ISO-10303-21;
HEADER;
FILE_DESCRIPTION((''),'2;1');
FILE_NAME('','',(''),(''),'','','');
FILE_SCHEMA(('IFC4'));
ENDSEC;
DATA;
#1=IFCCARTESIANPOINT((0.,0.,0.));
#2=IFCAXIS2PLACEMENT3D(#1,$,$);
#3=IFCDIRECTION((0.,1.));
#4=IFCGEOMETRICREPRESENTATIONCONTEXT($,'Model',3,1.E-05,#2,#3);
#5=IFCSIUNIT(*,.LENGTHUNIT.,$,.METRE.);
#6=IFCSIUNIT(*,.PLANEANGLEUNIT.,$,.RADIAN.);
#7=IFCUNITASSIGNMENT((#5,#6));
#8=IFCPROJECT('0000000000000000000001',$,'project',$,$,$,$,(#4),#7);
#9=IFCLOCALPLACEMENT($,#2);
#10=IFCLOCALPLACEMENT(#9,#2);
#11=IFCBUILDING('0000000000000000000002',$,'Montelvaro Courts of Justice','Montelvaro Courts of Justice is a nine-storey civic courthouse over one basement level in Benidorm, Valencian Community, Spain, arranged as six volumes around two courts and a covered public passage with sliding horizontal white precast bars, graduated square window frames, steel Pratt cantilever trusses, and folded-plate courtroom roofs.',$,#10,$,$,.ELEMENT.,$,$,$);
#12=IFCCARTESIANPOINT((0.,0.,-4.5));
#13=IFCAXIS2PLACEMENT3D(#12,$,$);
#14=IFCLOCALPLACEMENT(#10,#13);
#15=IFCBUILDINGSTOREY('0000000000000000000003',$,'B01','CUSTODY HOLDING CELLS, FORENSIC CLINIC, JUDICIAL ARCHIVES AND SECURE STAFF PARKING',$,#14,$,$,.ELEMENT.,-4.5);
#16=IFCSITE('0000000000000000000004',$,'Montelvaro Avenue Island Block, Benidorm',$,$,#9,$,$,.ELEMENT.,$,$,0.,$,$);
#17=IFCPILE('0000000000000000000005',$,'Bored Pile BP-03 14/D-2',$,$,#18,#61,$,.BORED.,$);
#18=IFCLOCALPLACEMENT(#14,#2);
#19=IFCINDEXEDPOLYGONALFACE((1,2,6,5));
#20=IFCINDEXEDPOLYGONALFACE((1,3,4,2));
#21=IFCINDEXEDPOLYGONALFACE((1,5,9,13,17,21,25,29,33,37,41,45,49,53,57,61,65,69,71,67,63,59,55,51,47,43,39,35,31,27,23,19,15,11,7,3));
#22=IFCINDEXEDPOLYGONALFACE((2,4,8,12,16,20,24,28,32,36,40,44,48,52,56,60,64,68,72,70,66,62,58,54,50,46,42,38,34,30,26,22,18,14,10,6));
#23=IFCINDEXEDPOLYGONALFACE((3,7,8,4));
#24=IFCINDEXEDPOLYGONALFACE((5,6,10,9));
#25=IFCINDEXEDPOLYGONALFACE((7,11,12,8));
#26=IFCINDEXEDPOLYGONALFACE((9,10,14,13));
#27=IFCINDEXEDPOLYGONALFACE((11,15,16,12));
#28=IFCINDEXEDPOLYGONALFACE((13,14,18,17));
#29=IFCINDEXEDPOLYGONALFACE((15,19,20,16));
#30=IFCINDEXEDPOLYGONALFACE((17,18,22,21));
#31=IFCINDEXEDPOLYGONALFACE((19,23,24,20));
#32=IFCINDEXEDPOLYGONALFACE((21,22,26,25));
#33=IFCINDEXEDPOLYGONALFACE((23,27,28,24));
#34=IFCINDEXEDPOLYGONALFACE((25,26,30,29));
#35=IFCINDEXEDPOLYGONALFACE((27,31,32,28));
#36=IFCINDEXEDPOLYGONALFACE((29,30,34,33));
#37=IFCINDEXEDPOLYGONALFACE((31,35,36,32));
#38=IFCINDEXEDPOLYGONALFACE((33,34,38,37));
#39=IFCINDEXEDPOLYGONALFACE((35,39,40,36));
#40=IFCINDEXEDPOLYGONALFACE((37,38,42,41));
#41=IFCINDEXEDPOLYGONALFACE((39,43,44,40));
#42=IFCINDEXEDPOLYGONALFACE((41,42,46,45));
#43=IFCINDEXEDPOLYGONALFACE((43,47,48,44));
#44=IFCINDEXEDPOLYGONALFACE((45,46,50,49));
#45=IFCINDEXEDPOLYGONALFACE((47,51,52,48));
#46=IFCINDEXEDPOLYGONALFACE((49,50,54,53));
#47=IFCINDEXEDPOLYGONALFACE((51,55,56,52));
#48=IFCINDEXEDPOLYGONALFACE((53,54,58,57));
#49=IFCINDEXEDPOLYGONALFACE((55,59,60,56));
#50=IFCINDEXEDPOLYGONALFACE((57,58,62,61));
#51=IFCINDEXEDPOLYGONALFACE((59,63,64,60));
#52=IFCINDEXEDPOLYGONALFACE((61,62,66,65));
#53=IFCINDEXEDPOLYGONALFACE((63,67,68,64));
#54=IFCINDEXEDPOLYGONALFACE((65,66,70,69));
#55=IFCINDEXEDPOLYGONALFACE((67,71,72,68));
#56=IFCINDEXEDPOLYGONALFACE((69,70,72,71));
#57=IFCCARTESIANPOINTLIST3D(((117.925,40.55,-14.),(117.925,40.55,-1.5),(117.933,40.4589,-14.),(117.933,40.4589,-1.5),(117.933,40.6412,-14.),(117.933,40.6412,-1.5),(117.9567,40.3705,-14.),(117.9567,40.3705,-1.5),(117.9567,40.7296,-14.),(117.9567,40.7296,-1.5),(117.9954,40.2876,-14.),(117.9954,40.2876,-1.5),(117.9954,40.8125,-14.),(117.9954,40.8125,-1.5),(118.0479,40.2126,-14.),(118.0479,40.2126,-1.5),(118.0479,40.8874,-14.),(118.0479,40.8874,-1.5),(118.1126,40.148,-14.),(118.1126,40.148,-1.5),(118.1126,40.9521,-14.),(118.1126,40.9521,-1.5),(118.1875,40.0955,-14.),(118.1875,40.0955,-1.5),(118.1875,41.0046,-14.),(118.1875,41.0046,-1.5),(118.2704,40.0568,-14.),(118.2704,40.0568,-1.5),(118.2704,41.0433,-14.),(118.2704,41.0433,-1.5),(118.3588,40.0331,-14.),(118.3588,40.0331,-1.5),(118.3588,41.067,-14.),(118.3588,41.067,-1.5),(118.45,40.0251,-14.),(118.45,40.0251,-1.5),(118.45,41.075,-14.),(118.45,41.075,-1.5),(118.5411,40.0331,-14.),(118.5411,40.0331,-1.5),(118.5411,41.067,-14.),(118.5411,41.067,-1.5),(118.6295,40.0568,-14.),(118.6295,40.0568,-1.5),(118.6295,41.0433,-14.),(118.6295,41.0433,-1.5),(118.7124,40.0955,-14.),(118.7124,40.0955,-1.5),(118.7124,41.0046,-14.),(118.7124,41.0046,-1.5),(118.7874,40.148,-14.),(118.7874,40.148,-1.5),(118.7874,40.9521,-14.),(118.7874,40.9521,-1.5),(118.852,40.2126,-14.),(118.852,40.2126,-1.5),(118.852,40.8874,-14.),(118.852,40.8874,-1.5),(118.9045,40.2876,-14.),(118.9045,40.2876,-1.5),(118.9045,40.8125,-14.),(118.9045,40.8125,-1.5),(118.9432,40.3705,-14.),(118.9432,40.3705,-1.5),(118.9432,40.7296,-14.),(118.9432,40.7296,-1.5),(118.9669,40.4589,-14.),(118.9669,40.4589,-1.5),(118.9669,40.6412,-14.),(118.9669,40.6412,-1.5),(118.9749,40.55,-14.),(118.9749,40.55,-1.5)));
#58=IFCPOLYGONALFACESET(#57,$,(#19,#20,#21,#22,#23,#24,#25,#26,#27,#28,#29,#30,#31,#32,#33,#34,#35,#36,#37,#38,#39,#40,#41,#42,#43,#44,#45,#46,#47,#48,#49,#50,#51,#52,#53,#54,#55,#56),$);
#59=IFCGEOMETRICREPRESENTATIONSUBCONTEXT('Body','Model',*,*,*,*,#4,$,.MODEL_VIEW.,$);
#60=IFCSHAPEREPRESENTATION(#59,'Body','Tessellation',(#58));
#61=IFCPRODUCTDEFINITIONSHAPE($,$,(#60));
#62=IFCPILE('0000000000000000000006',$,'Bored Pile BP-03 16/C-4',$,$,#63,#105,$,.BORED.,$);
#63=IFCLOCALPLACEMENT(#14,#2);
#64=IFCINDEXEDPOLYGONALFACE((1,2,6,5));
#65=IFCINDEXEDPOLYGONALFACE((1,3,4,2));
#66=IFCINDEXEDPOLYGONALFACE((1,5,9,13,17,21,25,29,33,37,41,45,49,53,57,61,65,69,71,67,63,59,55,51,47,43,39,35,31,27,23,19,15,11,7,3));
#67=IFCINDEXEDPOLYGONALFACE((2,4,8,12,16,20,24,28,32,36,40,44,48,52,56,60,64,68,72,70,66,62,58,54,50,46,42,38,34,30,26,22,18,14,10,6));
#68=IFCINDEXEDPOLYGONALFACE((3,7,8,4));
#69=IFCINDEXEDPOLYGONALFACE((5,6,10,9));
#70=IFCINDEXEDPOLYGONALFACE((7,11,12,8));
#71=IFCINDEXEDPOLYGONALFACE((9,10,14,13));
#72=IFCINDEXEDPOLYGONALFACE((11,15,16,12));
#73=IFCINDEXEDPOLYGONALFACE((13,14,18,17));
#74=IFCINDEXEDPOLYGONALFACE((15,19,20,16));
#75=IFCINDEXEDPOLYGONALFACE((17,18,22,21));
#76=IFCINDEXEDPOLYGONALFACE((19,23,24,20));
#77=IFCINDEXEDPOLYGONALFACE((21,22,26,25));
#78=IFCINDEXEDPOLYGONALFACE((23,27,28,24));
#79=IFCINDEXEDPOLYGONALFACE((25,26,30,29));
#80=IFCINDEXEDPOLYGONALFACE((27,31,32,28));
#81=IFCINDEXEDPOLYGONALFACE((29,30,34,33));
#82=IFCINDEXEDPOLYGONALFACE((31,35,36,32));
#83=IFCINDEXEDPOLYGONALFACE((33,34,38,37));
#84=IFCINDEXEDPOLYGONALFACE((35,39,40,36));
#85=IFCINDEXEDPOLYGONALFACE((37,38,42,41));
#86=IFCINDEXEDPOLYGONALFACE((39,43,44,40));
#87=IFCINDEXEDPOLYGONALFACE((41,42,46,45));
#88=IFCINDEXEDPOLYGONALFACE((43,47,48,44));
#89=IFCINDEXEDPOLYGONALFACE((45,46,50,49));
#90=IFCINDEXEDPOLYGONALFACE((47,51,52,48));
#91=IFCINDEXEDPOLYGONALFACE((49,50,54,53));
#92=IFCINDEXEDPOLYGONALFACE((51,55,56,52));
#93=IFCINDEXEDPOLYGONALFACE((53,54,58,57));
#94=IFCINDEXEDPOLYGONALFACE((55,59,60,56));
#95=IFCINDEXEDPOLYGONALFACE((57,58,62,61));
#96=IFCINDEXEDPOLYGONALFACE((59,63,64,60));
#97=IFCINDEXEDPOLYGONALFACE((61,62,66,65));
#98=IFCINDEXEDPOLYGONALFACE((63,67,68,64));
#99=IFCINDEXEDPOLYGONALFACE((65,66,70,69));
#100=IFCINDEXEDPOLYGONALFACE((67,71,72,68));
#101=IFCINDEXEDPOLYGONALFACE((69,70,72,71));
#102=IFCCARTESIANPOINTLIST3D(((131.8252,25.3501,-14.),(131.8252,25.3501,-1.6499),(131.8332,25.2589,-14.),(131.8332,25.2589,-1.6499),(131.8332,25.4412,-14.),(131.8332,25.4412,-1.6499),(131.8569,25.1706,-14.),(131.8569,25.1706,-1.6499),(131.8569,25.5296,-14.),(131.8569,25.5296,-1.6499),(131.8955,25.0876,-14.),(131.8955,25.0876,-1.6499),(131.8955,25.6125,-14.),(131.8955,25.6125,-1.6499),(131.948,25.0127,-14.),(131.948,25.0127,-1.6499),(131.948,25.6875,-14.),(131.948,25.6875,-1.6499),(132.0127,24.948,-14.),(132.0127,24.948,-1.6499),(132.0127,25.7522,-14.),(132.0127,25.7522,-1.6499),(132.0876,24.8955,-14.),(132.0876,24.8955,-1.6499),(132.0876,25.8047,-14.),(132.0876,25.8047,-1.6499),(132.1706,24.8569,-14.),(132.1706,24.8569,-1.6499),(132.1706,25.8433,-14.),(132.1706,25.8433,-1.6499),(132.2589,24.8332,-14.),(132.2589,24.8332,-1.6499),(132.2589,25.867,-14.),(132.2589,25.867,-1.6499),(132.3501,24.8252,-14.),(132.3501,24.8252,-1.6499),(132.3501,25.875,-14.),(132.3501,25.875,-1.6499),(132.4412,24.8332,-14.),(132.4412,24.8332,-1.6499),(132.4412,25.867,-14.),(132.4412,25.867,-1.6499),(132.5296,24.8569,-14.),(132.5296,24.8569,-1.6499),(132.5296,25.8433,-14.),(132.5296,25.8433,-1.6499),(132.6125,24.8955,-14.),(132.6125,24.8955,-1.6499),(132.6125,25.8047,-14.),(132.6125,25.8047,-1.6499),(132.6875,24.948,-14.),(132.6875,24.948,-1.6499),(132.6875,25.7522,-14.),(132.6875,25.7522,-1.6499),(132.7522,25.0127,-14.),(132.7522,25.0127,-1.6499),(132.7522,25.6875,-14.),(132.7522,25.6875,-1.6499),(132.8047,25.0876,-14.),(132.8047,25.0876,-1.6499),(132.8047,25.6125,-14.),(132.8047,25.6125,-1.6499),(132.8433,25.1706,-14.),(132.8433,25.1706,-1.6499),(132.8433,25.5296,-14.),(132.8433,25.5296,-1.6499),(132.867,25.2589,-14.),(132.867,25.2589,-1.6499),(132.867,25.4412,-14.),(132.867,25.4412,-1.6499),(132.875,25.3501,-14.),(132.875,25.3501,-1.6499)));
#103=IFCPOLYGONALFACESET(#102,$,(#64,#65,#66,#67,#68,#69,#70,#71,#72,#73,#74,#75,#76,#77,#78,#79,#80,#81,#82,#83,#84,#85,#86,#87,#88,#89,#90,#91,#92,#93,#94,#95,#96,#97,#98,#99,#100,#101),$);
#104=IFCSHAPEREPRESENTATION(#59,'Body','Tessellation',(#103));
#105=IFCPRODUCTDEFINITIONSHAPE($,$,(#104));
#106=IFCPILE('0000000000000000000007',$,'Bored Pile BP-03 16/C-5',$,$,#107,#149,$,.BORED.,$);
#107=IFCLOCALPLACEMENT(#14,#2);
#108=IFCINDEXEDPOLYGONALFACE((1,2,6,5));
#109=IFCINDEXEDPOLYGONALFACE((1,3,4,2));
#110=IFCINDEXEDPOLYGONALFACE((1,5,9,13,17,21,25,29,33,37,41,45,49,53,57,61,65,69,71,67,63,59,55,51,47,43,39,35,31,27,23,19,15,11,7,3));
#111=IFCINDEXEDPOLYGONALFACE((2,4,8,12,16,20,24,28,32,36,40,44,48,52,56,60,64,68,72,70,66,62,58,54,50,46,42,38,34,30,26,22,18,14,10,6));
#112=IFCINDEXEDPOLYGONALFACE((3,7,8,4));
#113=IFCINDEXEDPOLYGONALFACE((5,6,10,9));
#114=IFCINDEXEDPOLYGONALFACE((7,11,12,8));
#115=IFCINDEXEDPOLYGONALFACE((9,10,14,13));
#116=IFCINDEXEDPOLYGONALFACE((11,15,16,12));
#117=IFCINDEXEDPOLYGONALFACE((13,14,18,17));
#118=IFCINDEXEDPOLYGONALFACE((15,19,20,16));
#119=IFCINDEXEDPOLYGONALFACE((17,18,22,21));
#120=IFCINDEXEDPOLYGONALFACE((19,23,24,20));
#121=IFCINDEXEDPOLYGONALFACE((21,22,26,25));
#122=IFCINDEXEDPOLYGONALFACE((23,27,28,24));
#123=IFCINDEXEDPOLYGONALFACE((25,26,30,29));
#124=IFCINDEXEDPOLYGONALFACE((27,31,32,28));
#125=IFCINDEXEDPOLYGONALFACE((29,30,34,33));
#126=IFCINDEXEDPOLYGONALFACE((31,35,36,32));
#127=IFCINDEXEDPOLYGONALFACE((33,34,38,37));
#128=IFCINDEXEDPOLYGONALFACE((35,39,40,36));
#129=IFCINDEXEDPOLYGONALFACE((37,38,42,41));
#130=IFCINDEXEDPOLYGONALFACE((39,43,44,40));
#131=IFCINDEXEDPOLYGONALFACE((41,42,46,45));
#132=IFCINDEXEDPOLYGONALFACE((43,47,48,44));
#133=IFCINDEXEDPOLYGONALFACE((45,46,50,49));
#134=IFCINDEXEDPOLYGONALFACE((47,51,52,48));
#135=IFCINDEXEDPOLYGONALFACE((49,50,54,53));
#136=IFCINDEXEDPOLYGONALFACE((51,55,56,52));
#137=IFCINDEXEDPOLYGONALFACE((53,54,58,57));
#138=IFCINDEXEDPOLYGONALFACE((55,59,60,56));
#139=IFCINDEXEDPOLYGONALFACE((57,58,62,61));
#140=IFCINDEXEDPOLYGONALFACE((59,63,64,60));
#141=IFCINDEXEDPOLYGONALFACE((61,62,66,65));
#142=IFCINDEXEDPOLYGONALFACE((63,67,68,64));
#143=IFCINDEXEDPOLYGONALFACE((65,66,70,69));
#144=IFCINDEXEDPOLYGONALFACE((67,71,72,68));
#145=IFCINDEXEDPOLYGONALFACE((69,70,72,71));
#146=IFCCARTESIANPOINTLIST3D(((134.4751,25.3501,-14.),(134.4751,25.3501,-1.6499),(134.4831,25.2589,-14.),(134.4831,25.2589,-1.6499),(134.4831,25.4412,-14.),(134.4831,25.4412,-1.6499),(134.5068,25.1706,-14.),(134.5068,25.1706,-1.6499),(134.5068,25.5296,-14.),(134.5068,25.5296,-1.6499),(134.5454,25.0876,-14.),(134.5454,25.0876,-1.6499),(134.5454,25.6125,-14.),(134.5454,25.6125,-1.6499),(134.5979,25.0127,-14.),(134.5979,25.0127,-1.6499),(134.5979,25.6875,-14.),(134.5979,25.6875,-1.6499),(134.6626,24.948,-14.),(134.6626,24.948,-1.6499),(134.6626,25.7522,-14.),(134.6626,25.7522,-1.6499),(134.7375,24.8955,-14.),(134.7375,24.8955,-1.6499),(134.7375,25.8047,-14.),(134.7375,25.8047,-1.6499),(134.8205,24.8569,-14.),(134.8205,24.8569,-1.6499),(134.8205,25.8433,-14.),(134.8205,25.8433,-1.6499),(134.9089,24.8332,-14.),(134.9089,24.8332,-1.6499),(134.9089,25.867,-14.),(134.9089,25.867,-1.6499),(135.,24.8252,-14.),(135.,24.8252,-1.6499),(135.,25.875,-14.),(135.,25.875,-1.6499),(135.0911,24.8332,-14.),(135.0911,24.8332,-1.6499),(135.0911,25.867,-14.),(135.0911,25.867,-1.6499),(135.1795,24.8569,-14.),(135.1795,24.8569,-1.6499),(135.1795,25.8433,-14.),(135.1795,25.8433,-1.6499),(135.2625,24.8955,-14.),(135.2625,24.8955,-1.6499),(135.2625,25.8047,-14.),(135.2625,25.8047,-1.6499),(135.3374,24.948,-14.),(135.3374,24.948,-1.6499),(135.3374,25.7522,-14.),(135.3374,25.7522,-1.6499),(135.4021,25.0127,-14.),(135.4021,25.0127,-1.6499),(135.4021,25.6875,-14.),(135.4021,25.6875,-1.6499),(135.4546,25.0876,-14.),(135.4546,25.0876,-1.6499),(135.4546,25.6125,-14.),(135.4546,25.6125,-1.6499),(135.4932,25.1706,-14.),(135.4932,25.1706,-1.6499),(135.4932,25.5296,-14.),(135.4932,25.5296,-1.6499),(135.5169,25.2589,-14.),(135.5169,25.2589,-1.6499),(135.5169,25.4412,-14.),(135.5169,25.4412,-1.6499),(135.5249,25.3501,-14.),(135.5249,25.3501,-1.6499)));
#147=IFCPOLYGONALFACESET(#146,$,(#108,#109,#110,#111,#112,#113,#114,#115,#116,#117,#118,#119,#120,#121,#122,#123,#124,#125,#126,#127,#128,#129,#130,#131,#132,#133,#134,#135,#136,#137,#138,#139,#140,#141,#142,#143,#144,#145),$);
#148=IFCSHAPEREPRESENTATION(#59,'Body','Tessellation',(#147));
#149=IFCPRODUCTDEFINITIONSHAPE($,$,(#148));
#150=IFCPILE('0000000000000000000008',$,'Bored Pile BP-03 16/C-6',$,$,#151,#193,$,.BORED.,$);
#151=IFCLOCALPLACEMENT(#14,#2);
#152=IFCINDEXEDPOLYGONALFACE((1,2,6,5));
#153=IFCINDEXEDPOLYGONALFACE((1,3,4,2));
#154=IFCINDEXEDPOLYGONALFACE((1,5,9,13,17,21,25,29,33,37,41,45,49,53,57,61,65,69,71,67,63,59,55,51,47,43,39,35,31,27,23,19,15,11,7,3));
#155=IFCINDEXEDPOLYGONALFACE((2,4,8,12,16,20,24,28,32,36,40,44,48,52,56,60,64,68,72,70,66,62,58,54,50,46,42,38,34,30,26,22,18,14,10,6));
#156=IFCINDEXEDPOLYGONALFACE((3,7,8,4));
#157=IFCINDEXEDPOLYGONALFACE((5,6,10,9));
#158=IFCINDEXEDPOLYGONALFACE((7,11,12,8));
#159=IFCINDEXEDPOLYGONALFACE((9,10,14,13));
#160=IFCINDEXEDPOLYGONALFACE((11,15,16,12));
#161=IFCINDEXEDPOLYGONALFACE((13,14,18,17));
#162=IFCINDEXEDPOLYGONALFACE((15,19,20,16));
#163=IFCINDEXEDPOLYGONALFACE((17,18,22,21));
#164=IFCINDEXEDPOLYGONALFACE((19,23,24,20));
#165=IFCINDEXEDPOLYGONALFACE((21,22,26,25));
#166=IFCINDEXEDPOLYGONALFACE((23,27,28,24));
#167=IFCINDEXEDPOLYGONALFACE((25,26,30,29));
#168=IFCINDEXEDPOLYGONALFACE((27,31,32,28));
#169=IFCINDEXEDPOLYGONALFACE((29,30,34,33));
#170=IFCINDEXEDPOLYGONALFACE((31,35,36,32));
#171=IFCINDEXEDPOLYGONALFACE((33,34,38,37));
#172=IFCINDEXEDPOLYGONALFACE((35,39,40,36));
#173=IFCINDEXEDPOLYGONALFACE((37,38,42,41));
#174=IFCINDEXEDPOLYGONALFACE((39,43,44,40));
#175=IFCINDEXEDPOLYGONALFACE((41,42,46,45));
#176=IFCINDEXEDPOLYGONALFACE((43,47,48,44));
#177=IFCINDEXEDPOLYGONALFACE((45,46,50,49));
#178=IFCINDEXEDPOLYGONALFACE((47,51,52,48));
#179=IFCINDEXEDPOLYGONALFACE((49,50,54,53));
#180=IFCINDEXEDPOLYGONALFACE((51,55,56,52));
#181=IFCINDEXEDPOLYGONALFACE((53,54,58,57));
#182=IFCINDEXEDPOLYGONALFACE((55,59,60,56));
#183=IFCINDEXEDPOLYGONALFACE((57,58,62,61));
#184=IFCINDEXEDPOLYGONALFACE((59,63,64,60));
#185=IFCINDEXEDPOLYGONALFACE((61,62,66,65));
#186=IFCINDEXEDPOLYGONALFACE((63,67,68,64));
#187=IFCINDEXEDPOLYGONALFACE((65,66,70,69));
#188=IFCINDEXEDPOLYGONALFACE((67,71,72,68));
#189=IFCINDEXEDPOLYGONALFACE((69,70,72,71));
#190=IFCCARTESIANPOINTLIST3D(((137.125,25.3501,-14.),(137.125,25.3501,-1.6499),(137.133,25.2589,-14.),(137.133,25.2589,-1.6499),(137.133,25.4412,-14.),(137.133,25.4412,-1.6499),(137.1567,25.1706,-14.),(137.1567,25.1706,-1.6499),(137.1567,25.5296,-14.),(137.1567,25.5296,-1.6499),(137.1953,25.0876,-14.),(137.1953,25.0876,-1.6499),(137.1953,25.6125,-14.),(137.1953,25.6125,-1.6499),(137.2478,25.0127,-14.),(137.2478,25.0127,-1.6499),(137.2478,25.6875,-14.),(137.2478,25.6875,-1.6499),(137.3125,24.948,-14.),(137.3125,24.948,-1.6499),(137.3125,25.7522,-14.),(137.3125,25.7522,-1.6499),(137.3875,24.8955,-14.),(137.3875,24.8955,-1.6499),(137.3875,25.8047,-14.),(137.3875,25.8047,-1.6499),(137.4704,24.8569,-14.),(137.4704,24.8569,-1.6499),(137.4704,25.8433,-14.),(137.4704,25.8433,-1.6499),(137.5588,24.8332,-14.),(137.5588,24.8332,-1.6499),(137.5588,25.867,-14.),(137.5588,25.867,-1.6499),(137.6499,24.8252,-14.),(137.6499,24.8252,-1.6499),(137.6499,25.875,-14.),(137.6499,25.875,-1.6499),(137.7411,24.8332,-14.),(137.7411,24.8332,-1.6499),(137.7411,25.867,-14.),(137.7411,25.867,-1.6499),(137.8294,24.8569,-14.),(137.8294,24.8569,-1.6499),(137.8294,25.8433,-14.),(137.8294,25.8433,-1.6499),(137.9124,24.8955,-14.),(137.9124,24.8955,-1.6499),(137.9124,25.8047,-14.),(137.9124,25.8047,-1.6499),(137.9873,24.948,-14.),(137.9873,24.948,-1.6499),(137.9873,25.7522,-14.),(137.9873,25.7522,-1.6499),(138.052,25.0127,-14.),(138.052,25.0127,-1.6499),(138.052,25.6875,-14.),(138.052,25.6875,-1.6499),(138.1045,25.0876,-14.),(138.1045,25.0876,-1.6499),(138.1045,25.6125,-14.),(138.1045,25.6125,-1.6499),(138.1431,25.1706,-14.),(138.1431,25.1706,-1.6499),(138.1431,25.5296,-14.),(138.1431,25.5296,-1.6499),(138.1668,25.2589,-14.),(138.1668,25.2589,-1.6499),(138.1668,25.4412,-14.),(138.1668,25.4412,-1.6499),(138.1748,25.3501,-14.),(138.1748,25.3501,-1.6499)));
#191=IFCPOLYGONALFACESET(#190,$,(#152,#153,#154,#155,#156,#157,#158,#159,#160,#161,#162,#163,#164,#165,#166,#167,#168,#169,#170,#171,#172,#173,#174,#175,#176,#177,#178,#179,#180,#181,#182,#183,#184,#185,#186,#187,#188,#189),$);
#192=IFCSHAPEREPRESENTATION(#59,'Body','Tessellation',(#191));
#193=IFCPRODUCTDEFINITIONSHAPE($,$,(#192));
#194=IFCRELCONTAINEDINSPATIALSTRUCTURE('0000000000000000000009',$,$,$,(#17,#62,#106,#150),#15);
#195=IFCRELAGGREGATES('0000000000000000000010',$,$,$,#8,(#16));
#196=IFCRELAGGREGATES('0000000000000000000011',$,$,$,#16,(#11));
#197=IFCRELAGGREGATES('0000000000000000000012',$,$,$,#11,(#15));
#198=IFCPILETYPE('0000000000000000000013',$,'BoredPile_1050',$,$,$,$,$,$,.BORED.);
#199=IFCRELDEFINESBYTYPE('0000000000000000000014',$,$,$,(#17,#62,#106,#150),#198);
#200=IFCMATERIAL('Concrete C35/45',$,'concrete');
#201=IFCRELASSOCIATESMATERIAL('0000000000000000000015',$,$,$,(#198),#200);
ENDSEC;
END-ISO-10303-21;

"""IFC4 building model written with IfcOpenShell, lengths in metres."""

from ifc_helpers import new_model, si_unit, direction, frame, origin, origin_2d, place, context, subcontext, project, spatial, circle, extrude, material, material_profile, profile_set, type_object, element, save


model = new_model("IFC4")

# Units and contexts
model_context = context("Model", 3, precision=1e-05, world=origin(), true_north=direction((0.0, 1.0)))
body_context = subcontext(model_context, "Body", "Model", "MODEL_VIEW")
ifc_project = project(units=[si_unit("LENGTHUNIT", "METRE"), si_unit("PLANEANGLEUNIT", "RADIAN")], contexts=[model_context])

# Site, building, storey
site_placement = place(None, origin())
site = spatial("IfcSite", under=ifc_project, at=site_placement, Name="Montelvaro Avenue Island Block, Benidorm", CompositionType="ELEMENT", RefElevation=0.0)
building_placement = place(site_placement, origin())
building = spatial("IfcBuilding", under=site, at=building_placement, Name="Montelvaro Courts of Justice", Description="Montelvaro Courts of Justice is a nine-storey civic courthouse over one basement level in Benidorm, Valencian Community, Spain, arranged as six volumes around two courts and a covered public passage with sliding horizontal white precast bars, graduated square window frames, steel Pratt cantilever trusses, and folded-plate courtroom roofs.", CompositionType="ELEMENT")
storey_placement = place(building_placement, frame((0.0, 0.0, -4.5)))
storey = spatial("IfcBuildingStorey", under=building, at=storey_placement, Name="B01", Description="CUSTODY HOLDING CELLS, FORENSIC CLINIC, JUDICIAL ARCHIVES AND SECURE STAFF PARKING", CompositionType="ELEMENT", Elevation=-4.5)

# Piles
ifc_material_1 = material(Name="Concrete C35/45", Category="concrete")
ifc_material_profile_1 = material_profile(ifc_material_1, circle(Radius=0.5249, at=origin_2d()), Name="BORED PILE D1050")
ifc_profile_set_1 = profile_set([ifc_material_profile_1], Name="Concrete C35/45")
pile_type_1 = type_object("IfcPileType", Name="BoredPile_1050", PredefinedType="BORED", material=ifc_profile_set_1)
pile_placement = place(storey_placement, frame((118.45, 40.55, -1.5), z_axis=(0.0, 0.0, -1.0), x_axis=(1.0, 0.0, 0.0)))
element("IfcPile", 1, at=pile_placement, inside=storey, type_object=pile_type_1, Name="Bored Pile BP-03 14/D-2", PredefinedType="BORED", context=body_context, shape_type="SweptSolid", body=[
    extrude(circle(Radius=0.5249, at=origin_2d()), origin(), (0.0, 0.0, 1.0), 12.5),
])
for number, where, z_axis, x_axis, name in (
    (2, (132.3501, 25.3501, -1.6499), (0.0, 0.0, -1.0), (1.0, 0.0, 0.0), "Bored Pile BP-03 16/C-4"),
    (3, (135.0, 25.3501, -1.6499), (0.0, 0.0, -1.0), (1.0, 0.0, 0.0), "Bored Pile BP-03 16/C-5"),
    (4, (137.6499, 25.3501, -1.6499), (0.0, 0.0, -1.0), (1.0, 0.0, 0.0), "Bored Pile BP-03 16/C-6"),
):
    element("IfcPile", number, at=place(storey_placement, frame(where, z_axis=z_axis, x_axis=x_axis)), inside=storey, type_object=pile_type_1, Name=name, PredefinedType="BORED", context=body_context, shape_type="SweptSolid", body=[
        extrude(circle(Radius=0.5249, at=origin_2d()), origin(), (0.0, 0.0, 1.0), 12.3501),
    ])

save(model, "model.ifc")
